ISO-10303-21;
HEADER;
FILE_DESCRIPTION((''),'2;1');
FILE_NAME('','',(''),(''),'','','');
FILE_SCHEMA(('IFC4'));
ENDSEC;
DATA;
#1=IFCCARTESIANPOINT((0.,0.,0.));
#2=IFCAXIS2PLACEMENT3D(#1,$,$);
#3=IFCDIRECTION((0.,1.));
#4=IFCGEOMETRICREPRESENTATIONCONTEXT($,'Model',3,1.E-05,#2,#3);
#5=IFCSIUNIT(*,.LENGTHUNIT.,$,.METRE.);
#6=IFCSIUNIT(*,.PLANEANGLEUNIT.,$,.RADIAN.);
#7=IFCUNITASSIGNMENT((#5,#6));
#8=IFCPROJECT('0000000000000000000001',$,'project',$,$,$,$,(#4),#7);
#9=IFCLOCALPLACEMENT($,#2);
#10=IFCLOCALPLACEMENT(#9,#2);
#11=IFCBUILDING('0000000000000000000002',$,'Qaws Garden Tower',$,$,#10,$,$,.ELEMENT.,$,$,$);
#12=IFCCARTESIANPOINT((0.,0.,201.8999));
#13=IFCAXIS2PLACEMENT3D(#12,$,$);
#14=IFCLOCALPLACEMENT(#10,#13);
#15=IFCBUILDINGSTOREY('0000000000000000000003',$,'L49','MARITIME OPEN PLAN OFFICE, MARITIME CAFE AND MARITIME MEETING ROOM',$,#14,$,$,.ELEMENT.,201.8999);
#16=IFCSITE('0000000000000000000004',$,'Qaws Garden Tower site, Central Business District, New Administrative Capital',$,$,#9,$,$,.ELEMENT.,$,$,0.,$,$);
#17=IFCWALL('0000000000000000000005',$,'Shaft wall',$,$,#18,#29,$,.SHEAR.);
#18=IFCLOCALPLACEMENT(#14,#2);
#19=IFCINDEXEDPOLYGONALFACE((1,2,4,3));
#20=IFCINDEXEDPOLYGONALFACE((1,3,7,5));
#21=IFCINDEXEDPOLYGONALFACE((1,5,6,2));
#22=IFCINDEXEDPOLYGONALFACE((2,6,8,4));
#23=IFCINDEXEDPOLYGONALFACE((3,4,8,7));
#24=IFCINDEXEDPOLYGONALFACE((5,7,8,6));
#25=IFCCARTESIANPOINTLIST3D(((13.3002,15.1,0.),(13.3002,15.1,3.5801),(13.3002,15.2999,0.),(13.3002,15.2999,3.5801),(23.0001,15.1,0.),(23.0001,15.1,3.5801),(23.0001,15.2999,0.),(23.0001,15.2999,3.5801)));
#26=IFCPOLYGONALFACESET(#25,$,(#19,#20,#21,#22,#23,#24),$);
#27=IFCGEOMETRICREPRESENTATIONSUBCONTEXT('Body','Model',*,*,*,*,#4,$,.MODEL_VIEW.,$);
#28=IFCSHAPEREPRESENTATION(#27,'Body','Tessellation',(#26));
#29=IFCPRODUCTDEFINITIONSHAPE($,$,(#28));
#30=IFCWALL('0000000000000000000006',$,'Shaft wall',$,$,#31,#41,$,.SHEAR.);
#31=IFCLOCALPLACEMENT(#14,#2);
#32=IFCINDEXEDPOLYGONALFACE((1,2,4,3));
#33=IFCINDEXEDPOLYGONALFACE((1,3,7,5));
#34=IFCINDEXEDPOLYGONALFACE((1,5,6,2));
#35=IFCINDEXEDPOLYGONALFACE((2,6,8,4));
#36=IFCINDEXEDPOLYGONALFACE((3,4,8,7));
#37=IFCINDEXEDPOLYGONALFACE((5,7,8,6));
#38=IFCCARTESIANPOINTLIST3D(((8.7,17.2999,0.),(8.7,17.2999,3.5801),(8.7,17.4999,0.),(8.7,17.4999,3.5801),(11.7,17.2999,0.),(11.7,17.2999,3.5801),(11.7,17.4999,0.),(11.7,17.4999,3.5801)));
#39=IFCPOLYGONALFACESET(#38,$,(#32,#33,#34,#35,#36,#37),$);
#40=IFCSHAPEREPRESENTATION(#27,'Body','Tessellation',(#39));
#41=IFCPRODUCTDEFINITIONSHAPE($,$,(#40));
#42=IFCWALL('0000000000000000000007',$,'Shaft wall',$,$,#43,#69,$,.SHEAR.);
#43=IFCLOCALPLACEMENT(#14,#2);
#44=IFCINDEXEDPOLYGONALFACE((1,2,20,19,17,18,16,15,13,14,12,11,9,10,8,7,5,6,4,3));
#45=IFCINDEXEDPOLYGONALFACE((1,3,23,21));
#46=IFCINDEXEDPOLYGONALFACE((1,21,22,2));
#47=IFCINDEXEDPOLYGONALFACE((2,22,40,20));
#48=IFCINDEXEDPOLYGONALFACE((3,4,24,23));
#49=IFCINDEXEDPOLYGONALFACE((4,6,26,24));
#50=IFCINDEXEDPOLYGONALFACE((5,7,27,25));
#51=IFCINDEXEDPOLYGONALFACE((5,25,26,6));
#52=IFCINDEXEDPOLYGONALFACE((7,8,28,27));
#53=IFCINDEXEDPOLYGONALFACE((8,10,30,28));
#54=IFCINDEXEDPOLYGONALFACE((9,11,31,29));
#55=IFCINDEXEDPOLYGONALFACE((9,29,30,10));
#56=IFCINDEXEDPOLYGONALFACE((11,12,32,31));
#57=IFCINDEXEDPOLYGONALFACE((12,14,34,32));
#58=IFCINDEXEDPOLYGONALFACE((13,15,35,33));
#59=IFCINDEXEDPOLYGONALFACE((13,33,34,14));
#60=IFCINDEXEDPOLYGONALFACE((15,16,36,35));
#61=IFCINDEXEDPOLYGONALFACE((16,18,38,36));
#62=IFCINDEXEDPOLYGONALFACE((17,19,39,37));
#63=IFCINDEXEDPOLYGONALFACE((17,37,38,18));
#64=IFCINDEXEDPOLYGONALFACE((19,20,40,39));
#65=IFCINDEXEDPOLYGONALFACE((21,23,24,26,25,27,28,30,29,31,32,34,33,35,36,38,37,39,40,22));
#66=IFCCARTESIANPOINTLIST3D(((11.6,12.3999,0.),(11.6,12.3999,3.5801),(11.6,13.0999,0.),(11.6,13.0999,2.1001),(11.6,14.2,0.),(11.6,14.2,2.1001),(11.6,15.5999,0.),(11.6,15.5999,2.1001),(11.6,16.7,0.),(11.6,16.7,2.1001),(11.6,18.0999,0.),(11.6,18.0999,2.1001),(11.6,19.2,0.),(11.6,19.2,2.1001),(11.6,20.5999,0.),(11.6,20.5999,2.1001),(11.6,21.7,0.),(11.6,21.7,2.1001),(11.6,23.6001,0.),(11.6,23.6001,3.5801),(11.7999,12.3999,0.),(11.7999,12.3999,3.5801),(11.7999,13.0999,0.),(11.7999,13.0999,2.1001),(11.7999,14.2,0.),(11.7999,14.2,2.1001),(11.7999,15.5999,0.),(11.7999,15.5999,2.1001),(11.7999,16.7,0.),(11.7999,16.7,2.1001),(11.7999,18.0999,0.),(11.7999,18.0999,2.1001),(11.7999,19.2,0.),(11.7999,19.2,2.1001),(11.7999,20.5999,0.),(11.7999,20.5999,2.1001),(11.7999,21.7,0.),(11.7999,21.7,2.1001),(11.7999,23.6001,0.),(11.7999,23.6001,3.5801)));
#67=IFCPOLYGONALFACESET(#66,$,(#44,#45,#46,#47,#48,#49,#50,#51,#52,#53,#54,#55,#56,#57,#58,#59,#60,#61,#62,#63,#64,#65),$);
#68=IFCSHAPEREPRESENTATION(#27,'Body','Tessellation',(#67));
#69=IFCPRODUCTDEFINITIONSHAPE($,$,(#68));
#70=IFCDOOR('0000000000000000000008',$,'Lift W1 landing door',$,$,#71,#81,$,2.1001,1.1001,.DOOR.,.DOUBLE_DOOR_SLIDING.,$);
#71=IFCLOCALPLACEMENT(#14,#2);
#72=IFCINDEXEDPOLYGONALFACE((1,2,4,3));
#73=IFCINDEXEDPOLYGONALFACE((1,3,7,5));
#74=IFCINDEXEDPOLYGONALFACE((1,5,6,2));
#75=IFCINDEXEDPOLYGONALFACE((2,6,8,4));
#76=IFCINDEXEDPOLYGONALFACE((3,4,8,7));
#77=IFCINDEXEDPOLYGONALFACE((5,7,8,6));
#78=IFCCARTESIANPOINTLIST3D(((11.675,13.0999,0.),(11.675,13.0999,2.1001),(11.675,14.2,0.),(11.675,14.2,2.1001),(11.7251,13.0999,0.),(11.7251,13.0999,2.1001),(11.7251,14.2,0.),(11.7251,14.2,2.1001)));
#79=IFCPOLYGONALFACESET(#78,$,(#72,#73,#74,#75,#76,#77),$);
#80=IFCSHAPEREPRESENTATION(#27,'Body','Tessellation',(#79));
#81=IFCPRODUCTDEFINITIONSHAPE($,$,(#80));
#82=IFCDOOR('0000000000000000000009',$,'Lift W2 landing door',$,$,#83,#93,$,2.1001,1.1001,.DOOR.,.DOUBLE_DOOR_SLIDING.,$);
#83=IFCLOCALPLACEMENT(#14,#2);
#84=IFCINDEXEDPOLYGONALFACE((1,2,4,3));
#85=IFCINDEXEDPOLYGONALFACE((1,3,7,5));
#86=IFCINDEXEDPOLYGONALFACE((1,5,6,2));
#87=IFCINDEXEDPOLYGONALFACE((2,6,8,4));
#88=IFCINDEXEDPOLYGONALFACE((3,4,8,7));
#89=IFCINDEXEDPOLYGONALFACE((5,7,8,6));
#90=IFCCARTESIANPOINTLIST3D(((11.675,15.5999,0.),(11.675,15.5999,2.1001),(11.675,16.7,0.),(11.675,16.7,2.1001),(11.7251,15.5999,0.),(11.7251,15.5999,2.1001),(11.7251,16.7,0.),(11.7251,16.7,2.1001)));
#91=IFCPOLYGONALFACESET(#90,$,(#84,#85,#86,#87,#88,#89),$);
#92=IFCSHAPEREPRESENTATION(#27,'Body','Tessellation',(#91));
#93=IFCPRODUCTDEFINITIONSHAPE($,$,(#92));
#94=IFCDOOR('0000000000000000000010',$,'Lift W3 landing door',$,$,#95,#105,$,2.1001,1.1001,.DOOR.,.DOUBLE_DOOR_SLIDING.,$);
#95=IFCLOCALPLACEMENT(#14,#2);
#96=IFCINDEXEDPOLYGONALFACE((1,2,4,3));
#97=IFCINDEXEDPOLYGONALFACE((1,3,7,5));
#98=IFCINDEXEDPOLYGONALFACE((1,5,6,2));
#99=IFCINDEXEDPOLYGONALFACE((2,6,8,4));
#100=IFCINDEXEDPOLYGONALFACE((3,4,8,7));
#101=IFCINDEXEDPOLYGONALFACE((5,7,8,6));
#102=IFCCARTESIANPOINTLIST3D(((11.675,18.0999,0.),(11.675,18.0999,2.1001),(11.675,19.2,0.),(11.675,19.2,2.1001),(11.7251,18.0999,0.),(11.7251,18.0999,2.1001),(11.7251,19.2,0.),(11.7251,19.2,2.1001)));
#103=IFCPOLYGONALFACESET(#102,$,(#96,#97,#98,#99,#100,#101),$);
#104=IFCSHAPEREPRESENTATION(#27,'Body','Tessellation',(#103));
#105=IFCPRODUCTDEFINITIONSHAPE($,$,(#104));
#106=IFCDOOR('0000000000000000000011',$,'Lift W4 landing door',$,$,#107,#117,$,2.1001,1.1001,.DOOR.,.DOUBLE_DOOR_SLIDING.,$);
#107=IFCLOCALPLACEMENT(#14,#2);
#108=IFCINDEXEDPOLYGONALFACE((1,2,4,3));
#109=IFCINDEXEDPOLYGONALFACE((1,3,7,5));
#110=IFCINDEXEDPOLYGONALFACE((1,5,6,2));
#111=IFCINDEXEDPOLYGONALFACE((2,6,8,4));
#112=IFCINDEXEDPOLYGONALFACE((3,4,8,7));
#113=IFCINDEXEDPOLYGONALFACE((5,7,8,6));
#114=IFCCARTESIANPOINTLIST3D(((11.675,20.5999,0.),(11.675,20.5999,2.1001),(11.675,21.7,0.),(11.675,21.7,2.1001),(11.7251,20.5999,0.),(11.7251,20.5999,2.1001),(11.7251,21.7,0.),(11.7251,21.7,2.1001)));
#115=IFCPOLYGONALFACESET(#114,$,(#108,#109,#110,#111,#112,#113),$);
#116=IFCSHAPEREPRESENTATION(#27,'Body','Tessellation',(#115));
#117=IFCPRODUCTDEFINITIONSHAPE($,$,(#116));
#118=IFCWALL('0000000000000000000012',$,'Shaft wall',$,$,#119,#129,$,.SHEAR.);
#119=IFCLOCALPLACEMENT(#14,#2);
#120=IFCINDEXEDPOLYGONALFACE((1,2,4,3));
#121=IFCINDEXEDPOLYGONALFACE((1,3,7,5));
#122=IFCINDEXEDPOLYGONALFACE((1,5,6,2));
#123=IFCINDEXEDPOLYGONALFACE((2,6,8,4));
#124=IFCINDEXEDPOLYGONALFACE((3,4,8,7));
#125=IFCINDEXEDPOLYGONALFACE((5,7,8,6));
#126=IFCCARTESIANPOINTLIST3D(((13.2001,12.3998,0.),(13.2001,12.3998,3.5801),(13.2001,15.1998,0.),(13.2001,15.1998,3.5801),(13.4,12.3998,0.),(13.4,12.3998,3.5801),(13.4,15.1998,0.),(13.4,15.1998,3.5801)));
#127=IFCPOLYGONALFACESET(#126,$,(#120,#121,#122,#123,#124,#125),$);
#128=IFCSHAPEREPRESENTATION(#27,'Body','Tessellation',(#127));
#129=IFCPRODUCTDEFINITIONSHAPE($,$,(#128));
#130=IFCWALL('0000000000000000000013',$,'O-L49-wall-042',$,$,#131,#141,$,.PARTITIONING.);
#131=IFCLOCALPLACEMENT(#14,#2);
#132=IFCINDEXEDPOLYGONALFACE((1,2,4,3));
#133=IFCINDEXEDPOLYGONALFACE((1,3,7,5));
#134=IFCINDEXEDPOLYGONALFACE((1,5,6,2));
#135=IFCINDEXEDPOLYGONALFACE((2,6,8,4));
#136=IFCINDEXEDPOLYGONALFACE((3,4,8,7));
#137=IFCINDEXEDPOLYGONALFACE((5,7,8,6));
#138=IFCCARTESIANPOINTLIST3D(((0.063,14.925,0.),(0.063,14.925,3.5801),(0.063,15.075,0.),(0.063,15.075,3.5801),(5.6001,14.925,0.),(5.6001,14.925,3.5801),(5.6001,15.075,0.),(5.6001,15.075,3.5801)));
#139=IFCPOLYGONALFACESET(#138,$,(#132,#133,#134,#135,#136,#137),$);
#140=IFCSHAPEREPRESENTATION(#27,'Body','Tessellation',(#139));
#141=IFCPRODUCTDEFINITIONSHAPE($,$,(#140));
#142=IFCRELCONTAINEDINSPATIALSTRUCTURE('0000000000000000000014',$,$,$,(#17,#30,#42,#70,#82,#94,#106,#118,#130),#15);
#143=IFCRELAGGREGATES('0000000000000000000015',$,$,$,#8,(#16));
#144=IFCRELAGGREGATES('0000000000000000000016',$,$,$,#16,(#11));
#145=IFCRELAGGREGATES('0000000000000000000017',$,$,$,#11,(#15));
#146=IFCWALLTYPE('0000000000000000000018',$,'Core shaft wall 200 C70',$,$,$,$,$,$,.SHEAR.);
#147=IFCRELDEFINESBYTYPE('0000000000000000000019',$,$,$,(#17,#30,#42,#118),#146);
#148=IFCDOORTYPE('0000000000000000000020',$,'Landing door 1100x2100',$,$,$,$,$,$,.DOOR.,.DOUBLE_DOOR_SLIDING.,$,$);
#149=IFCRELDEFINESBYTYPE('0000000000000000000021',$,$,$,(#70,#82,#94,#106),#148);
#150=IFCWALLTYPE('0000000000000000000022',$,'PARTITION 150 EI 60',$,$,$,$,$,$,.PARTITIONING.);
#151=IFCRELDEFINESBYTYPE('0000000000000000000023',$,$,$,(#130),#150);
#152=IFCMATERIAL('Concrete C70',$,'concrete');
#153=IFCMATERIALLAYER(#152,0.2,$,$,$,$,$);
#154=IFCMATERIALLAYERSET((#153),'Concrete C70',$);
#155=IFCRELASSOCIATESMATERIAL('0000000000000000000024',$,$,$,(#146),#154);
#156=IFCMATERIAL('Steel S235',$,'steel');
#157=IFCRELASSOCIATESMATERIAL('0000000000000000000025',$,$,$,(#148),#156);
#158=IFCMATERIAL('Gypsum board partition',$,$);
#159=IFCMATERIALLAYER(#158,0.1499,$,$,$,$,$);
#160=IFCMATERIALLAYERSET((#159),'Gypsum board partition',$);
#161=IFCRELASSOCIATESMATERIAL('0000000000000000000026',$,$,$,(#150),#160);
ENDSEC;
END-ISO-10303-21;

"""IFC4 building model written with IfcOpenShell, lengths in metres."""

from ifc_helpers import new_model, si_unit, direction, frame, frame_2d, origin, place, context, subcontext, project, spatial, rectangle, extrude, material, layer, layer_set, type_object, element, fill, save


model = new_model("IFC4")

# Units and contexts
model_context = context("Model", 3, precision=1e-05, world=origin(), true_north=direction((0.0, 1.0)))
body_context = subcontext(model_context, "Body", "Model", "MODEL_VIEW")
ifc_project = project(units=[si_unit("LENGTHUNIT", "METRE"), si_unit("PLANEANGLEUNIT", "RADIAN")], contexts=[model_context])

# Site, building, storey
site_placement = place(None, origin())
site = spatial("IfcSite", under=ifc_project, at=site_placement, Name="Qaws Garden Tower site, Central Business District, New Administrative Capital", CompositionType="ELEMENT", RefElevation=0.0)
building_placement = place(site_placement, origin())
building = spatial("IfcBuilding", under=site, at=building_placement, Name="Qaws Garden Tower", CompositionType="ELEMENT")
storey_placement = place(building_placement, frame((0.0, 0.0, 201.8999)))
storey = spatial("IfcBuildingStorey", under=building, at=storey_placement, Name="L49", Description="MARITIME OPEN PLAN OFFICE, MARITIME CAFE AND MARITIME MEETING ROOM", CompositionType="ELEMENT", Elevation=201.8999)

# Shared definitions
ifc_material_1 = material(Name="Concrete C70", Category="concrete")
ifc_layer_1 = layer(ifc_material_1, 0.2)
ifc_layer_set_1 = layer_set([ifc_layer_1], Name="Concrete C70")
wall_type_1 = type_object("IfcWallType", Name="Core shaft wall 200 C70", PredefinedType="SHEAR", material=ifc_layer_set_1)

# Shared definitions
ifc_material_2 = material(Name="Steel S235", Category="steel")
door_type_1 = type_object("IfcDoorType", Name="Landing door 1100x2100", OperationType="DOUBLE_DOOR_SLIDING", PredefinedType="DOOR", material=ifc_material_2)

# Walls
wall_1_placement = place(storey_placement, frame((13.3, 15.2, 0.0), z_axis=(0.0, 0.0, 1.0), x_axis=(1.0, 0.0, 0.0)))
element("IfcWall", 1, at=wall_1_placement, inside=storey, type_object=wall_type_1, Name="Shaft wall", PredefinedType="SHEAR", context=body_context, shape_type="SweptSolid", body=[
    extrude(rectangle(XDim=9.7, YDim=0.2, at=frame_2d((4.8501, 0.0))), origin(), (0.0, 0.0, 1.0), 3.5801),
])
wall_2_placement = place(storey_placement, frame((8.7, 17.3999, 0.0), z_axis=(0.0, 0.0, 1.0), x_axis=(1.0, 0.0, 0.0)))
element("IfcWall", 2, at=wall_2_placement, inside=storey, type_object=wall_type_1, Name="Shaft wall", PredefinedType="SHEAR", context=body_context, shape_type="SweptSolid", body=[
    extrude(rectangle(XDim=3.0, YDim=0.2, at=frame_2d((1.5, 0.0))), origin(), (0.0, 0.0, 1.0), 3.5801),
])

# Wall, openings, doors
wall_3_placement = place(storey_placement, frame((11.7, 12.3999, 0.0), z_axis=(0.0, 0.0, 1.0), x_axis=(0.0, 1.0, 0.0)))
wall_3 = element("IfcWall", 3, at=wall_3_placement, inside=storey, type_object=wall_type_1, Name="Shaft wall", PredefinedType="SHEAR", context=body_context, shape_type="SweptSolid", body=[
    extrude(rectangle(XDim=11.2002, YDim=0.2, at=frame_2d((5.6001, 0.0))), origin(), (0.0, 0.0, 1.0), 3.5801),
])
opening_1_placement = place(wall_3_placement, frame((0.7, 0.0, 0.0)))
opening_1 = element("IfcOpeningElement", 4, at=opening_1_placement, cuts=wall_3, PredefinedType="OPENING", context=body_context, shape_type="SweptSolid", body=[
    extrude(rectangle(XDim=1.1001, YDim=2.1001, at=frame_2d((0.55, 1.05))), frame((0.0, 0.1099, 0.0), z_axis=(0.0, -1.0, 0.0), x_axis=(1.0, 0.0, 0.0)), (0.0, 0.0, 1.0), 0.22),
])
opening_2_placement = place(wall_3_placement, frame((3.2, 0.0, 0.0)))
opening_2 = element("IfcOpeningElement", 5, at=opening_2_placement, cuts=wall_3, PredefinedType="OPENING", context=body_context, shape_type="SweptSolid", body=[
    extrude(rectangle(XDim=1.1001, YDim=2.1001, at=frame_2d((0.55, 1.05))), frame((0.0, 0.1099, 0.0), z_axis=(0.0, -1.0, 0.0), x_axis=(1.0, 0.0, 0.0)), (0.0, 0.0, 1.0), 0.22),
])
opening_3_placement = place(wall_3_placement, frame((5.7, 0.0, 0.0)))
opening_3 = element("IfcOpeningElement", 6, at=opening_3_placement, cuts=wall_3, PredefinedType="OPENING", context=body_context, shape_type="SweptSolid", body=[
    extrude(rectangle(XDim=1.1001, YDim=2.1001, at=frame_2d((0.55, 1.05))), frame((0.0, 0.1099, 0.0), z_axis=(0.0, -1.0, 0.0), x_axis=(1.0, 0.0, 0.0)), (0.0, 0.0, 1.0), 0.22),
])
opening_4_placement = place(wall_3_placement, frame((8.2, 0.0, 0.0)))
opening_4 = element("IfcOpeningElement", 7, at=opening_4_placement, cuts=wall_3, PredefinedType="OPENING", context=body_context, shape_type="SweptSolid", body=[
    extrude(rectangle(XDim=1.1001, YDim=2.1001, at=frame_2d((0.55, 1.05))), frame((0.0, 0.1099, 0.0), z_axis=(0.0, -1.0, 0.0), x_axis=(1.0, 0.0, 0.0)), (0.0, 0.0, 1.0), 0.22),
])
door_1_placement = place(opening_1_placement, origin())
door_1 = element("IfcDoor", 8, at=door_1_placement, inside=storey, type_object=door_type_1, Name="Lift W1 landing door", OperationType="DOUBLE_DOOR_SLIDING", OverallHeight=2.1001, OverallWidth=1.1001, PredefinedType="DOOR", context=body_context, shape_type="SweptSolid", body=[
    extrude(rectangle(XDim=1.1001, YDim=2.1001, at=frame_2d((0.55, 1.05))), frame((0.0, 0.0249, 0.0), z_axis=(0.0, -1.0, 0.0), x_axis=(1.0, 0.0, 0.0)), (0.0, 0.0, 1.0), 0.05),
])
fill(opening_1, door_1)
door_2_placement = place(opening_2_placement, origin())
door_2 = element("IfcDoor", 9, at=door_2_placement, inside=storey, type_object=door_type_1, Name="Lift W2 landing door", OperationType="DOUBLE_DOOR_SLIDING", OverallHeight=2.1001, OverallWidth=1.1001, PredefinedType="DOOR", context=body_context, shape_type="SweptSolid", body=[
    extrude(rectangle(XDim=1.1001, YDim=2.1001, at=frame_2d((0.55, 1.05))), frame((0.0, 0.0249, 0.0), z_axis=(0.0, -1.0, 0.0), x_axis=(1.0, 0.0, 0.0)), (0.0, 0.0, 1.0), 0.05),
])
fill(opening_2, door_2)
door_3_placement = place(opening_3_placement, origin())
door_3 = element("IfcDoor", 10, at=door_3_placement, inside=storey, type_object=door_type_1, Name="Lift W3 landing door", OperationType="DOUBLE_DOOR_SLIDING", OverallHeight=2.1001, OverallWidth=1.1001, PredefinedType="DOOR", context=body_context, shape_type="SweptSolid", body=[
    extrude(rectangle(XDim=1.1001, YDim=2.1001, at=frame_2d((0.55, 1.05))), frame((0.0, 0.0249, 0.0), z_axis=(0.0, -1.0, 0.0), x_axis=(1.0, 0.0, 0.0)), (0.0, 0.0, 1.0), 0.05),
])
fill(opening_3, door_3)
door_4_placement = place(opening_4_placement, origin())
door_4 = element("IfcDoor", 11, at=door_4_placement, inside=storey, type_object=door_type_1, Name="Lift W4 landing door", OperationType="DOUBLE_DOOR_SLIDING", OverallHeight=2.1001, OverallWidth=1.1001, PredefinedType="DOOR", context=body_context, shape_type="SweptSolid", body=[
    extrude(rectangle(XDim=1.1001, YDim=2.1001, at=frame_2d((0.55, 1.05))), frame((0.0, 0.0249, 0.0), z_axis=(0.0, -1.0, 0.0), x_axis=(1.0, 0.0, 0.0)), (0.0, 0.0, 1.0), 0.05),
])
fill(opening_4, door_4)

# Walls
wall_4_placement = place(storey_placement, frame((13.3, 12.3999, 0.0), z_axis=(0.0, 0.0, 1.0), x_axis=(0.0, 1.0, 0.0)))
element("IfcWall", 12, at=wall_4_placement, inside=storey, type_object=wall_type_1, Name="Shaft wall", PredefinedType="SHEAR", context=body_context, shape_type="SweptSolid", body=[
    extrude(rectangle(XDim=2.8, YDim=0.2, at=frame_2d((1.3999, 0.0))), origin(), (0.0, 0.0, 1.0), 3.5801),
])
ifc_material_3 = material(Name="Gypsum board partition")
ifc_layer_2 = layer(ifc_material_3, 0.1499)
ifc_layer_set_2 = layer_set([ifc_layer_2], Name="Gypsum board partition")
wall_type_2 = type_object("IfcWallType", Name="PARTITION 150 EI 60", PredefinedType="PARTITIONING", material=ifc_layer_set_2)
wall_5_placement = place(storey_placement, frame((0.063, 15.0, 0.0), z_axis=(0.0, 0.0, 1.0), x_axis=(1.0, 0.0, 0.0)))
element("IfcWall", 13, at=wall_5_placement, inside=storey, type_object=wall_type_2, Name="O-L49-wall-042", PredefinedType="PARTITIONING", context=body_context, shape_type="SweptSolid", body=[
    extrude(rectangle(XDim=5.5371, YDim=0.1499, at=frame_2d((2.7686, 0.0))), origin(), (0.0, 0.0, 1.0), 3.5801),
])

save(model, "model.ifc")
